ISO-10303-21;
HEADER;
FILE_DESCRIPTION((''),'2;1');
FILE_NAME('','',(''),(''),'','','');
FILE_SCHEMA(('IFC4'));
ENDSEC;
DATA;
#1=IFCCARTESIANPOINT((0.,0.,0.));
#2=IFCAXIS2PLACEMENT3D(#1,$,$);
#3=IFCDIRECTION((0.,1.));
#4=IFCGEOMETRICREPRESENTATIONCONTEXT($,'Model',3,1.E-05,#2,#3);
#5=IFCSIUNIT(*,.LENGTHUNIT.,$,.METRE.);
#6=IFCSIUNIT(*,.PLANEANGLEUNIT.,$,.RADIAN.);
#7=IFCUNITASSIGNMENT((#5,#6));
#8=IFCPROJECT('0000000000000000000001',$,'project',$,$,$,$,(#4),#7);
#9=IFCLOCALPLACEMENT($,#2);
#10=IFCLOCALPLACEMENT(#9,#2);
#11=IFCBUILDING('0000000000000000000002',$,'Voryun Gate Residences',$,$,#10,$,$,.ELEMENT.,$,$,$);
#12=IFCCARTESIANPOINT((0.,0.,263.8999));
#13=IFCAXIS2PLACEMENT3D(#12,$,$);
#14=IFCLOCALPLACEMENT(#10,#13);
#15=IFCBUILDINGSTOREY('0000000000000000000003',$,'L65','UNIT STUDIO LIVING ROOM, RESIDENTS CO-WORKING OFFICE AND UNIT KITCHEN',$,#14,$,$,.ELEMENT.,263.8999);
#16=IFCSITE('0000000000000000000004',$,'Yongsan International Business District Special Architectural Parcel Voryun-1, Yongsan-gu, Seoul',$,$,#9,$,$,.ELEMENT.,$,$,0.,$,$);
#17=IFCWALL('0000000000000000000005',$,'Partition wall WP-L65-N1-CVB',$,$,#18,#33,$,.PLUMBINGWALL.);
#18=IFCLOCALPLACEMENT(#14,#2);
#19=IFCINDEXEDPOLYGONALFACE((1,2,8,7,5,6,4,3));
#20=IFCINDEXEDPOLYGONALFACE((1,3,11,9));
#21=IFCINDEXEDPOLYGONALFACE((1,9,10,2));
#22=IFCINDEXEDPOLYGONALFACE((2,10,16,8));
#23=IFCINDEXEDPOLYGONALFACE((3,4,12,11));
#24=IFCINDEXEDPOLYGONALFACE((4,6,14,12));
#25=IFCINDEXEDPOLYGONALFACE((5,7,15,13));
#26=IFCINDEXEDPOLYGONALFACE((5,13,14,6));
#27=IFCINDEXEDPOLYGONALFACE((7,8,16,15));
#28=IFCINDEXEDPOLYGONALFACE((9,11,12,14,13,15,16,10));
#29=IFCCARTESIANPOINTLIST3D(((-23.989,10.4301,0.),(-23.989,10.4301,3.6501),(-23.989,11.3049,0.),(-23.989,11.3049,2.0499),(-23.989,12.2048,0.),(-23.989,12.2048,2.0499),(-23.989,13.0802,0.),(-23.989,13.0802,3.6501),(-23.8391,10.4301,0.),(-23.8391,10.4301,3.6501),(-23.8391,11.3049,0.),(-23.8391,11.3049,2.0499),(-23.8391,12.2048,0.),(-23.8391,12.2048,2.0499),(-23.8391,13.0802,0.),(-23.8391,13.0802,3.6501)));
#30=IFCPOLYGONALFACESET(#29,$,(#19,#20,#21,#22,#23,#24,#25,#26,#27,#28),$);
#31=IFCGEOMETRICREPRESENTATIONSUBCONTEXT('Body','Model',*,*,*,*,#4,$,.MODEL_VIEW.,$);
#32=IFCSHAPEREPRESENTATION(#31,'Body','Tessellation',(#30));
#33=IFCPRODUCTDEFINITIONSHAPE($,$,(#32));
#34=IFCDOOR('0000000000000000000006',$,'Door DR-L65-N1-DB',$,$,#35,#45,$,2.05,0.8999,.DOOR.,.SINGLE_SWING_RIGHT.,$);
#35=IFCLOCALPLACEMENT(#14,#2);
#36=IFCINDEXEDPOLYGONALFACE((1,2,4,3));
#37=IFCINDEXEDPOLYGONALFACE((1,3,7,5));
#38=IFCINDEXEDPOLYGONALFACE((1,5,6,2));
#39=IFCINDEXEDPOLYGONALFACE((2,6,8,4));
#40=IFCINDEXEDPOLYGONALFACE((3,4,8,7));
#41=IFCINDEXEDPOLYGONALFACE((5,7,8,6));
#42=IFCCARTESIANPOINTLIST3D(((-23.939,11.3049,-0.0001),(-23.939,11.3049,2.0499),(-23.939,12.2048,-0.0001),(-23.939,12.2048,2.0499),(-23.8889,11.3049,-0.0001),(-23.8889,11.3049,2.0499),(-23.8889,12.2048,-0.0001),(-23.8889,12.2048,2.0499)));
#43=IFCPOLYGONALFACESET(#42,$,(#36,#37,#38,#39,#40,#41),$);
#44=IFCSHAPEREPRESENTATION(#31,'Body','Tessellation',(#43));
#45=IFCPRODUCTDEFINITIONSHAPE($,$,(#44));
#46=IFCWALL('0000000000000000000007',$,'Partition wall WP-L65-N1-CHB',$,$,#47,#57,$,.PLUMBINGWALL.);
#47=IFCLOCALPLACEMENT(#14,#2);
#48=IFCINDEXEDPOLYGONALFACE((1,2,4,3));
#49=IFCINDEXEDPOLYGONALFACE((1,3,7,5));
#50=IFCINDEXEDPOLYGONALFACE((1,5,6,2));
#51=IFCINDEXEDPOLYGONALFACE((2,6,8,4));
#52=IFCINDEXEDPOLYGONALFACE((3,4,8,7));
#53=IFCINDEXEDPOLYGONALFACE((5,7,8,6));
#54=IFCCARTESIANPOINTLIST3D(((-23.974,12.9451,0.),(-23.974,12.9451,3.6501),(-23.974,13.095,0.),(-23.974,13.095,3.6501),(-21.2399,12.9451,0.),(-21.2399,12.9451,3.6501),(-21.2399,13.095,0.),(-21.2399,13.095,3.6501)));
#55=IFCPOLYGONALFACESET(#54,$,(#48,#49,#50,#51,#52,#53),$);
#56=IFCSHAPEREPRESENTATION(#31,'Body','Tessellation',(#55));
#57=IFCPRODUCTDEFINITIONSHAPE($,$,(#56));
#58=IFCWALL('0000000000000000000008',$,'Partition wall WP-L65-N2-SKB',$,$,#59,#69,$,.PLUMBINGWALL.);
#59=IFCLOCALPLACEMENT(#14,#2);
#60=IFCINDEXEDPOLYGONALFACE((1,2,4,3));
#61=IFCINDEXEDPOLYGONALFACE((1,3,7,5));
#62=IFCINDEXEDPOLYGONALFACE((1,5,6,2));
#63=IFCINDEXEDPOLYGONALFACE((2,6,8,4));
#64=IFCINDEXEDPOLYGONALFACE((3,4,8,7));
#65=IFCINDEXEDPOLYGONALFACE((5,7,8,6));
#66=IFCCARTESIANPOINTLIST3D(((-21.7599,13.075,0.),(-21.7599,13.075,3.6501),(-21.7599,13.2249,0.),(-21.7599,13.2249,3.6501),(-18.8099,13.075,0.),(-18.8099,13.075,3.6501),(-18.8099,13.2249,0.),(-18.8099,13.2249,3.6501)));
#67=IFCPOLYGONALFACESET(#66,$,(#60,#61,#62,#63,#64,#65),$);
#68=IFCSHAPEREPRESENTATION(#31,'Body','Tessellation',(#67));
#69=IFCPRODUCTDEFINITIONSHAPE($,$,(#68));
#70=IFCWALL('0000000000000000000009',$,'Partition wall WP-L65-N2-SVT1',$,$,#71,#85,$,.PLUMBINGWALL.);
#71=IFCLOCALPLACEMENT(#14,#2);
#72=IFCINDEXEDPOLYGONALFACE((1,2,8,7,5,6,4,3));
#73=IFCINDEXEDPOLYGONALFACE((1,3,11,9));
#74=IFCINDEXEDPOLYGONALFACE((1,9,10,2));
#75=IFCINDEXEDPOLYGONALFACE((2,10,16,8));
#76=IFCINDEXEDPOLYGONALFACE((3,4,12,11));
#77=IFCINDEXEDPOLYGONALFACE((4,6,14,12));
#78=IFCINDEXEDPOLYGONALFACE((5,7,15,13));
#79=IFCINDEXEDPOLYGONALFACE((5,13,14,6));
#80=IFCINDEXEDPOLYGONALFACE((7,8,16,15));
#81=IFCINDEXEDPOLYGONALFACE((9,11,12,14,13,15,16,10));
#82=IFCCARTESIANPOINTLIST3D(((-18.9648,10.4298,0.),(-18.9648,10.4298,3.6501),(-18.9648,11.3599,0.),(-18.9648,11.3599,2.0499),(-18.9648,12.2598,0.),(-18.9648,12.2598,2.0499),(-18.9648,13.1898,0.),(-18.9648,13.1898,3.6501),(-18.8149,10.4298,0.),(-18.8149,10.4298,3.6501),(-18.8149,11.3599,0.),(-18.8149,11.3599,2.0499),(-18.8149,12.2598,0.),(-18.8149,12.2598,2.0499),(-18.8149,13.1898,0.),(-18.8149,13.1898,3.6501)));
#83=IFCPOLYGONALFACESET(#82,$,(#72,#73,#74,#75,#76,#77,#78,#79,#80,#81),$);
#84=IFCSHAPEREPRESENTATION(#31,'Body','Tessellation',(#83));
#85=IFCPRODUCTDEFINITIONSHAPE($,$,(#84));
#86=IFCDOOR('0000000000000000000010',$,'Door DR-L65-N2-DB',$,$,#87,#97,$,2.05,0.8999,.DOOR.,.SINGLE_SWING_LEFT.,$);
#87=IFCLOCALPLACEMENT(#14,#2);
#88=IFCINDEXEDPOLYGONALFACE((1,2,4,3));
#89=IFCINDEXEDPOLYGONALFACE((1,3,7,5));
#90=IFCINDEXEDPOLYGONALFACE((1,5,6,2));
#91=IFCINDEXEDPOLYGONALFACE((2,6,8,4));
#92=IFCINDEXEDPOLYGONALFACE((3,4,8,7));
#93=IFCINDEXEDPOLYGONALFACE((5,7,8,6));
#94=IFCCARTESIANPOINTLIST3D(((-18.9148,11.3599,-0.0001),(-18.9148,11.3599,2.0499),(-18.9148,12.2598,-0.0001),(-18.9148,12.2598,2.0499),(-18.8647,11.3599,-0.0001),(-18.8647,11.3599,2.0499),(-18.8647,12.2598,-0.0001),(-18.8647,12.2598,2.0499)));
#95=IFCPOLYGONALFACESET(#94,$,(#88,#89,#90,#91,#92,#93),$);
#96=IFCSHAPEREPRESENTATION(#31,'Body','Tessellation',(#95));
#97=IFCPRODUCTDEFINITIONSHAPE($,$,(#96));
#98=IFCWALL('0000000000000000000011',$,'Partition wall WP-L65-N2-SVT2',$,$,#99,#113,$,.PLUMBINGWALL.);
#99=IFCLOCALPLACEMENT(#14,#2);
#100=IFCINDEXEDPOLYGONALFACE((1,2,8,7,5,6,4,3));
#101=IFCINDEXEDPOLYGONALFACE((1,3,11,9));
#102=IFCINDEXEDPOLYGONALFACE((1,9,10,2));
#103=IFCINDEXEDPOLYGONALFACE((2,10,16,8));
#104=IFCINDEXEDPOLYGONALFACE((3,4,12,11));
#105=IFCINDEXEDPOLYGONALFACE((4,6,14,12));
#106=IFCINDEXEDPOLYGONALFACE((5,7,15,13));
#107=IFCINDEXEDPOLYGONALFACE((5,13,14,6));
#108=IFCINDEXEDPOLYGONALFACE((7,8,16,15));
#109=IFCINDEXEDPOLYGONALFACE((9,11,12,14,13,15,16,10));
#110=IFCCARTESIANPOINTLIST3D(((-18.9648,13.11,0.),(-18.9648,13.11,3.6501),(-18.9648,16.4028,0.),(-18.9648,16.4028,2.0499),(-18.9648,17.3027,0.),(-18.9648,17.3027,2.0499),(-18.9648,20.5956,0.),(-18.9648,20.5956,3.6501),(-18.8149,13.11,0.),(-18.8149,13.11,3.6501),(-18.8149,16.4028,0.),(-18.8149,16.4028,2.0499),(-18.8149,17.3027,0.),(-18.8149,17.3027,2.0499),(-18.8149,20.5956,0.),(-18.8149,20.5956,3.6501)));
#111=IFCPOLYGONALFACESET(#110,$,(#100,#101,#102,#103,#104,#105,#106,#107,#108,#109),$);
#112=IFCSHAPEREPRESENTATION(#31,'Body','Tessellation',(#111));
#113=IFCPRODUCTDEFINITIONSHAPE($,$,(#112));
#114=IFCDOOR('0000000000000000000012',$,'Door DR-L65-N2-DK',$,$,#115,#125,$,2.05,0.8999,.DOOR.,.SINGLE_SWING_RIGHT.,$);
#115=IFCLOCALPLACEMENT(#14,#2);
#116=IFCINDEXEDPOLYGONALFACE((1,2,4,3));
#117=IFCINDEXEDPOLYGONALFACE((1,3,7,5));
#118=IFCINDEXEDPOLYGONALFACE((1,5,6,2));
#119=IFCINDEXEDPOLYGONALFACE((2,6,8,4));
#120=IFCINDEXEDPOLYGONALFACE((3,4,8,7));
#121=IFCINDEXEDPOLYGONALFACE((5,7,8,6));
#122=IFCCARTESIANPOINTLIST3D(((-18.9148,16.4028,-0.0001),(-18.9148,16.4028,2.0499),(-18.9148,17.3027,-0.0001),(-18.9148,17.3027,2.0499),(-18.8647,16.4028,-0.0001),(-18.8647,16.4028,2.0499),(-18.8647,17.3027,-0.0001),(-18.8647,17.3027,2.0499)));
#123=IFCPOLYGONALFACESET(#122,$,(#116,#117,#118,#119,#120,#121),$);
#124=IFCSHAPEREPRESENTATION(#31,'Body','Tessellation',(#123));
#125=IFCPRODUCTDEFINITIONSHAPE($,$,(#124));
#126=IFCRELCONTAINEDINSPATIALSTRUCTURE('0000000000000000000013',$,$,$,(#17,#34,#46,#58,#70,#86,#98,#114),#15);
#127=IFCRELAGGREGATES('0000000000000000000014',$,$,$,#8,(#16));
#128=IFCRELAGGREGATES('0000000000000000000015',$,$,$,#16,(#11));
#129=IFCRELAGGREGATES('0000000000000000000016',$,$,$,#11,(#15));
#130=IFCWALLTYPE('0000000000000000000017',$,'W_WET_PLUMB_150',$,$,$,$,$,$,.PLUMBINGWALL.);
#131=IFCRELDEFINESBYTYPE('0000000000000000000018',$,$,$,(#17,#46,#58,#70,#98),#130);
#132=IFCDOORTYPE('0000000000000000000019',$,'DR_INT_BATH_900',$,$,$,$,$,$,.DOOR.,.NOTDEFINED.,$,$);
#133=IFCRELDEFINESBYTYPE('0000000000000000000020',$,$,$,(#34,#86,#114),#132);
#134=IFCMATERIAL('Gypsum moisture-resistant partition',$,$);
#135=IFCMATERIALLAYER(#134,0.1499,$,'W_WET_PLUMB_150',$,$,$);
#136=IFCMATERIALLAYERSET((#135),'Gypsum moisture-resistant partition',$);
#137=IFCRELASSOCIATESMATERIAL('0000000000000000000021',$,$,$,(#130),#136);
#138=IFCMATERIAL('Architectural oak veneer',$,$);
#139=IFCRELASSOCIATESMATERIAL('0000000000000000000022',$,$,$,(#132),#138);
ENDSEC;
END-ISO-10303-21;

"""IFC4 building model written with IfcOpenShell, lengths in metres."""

from ifc_helpers import new_model, si_unit, direction, frame, frame_2d, origin, place, context, subcontext, project, spatial, rectangle, extrude, material, layer, layer_set, type_object, element, fill, save


model = new_model("IFC4")

# Units and contexts
model_context = context("Model", 3, precision=1e-05, world=origin(), true_north=direction((0.0, 1.0)))
body_context = subcontext(model_context, "Body", "Model", "MODEL_VIEW")
ifc_project = project(units=[si_unit("LENGTHUNIT", "METRE"), si_unit("PLANEANGLEUNIT", "RADIAN")], contexts=[model_context])

# Site, building, storey
site_placement = place(None, origin())
site = spatial("IfcSite", under=ifc_project, at=site_placement, Name="Yongsan International Business District Special Architectural Parcel Voryun-1, Yongsan-gu, Seoul", CompositionType="ELEMENT", RefElevation=0.0)
building_placement = place(site_placement, origin())
building = spatial("IfcBuilding", under=site, at=building_placement, Name="Voryun Gate Residences", CompositionType="ELEMENT")
storey_placement = place(building_placement, frame((0.0, 0.0, 263.8999)))
storey = spatial("IfcBuildingStorey", under=building, at=storey_placement, Name="L65", Description="UNIT STUDIO LIVING ROOM, RESIDENTS CO-WORKING OFFICE AND UNIT KITCHEN", CompositionType="ELEMENT", Elevation=263.8999)

# Wall, opening, door
ifc_material_1 = material(Name="Gypsum moisture-resistant partition")
ifc_layer_1 = layer(ifc_material_1, 0.1499, Name="W_WET_PLUMB_150")
ifc_layer_set_1 = layer_set([ifc_layer_1], Name="Gypsum moisture-resistant partition")
wall_type_1 = type_object("IfcWallType", Name="W_WET_PLUMB_150", PredefinedType="PLUMBINGWALL", material=ifc_layer_set_1)
wall_1_placement = place(storey_placement, frame((-23.9141, 10.4299, 0.0), z_axis=(0.0, 0.0, 1.0), x_axis=(0.0, 1.0, 0.0)))
wall_1 = element("IfcWall", 1, at=wall_1_placement, inside=storey, type_object=wall_type_1, Name="Partition wall WP-L65-N1-CVB", PredefinedType="PLUMBINGWALL", context=body_context, shape_type="SweptSolid", body=[
    extrude(rectangle(XDim=2.6501, YDim=0.1499, at=frame_2d((1.3252, 0.0))), origin(), (0.0, 0.0, 1.0), 3.6501),
])
opening_1_placement = place(wall_1_placement, frame((0.875, 0.0, 0.0)))
opening_1 = element("IfcOpeningElement", 2, at=opening_1_placement, cuts=wall_1, PredefinedType="OPENING", context=body_context, shape_type="SweptSolid", body=[
    extrude(rectangle(XDim=0.8999, YDim=2.05, at=frame_2d((0.45, 1.0249))), frame((0.0, 0.085, 0.0), z_axis=(0.0, -1.0, 0.0), x_axis=(1.0, 0.0, 0.0)), (0.0, 0.0, 1.0), 0.1699),
])
ifc_material_2 = material(Name="Architectural oak veneer")
door_type = type_object("IfcDoorType", Name="DR_INT_BATH_900", OperationType="NOTDEFINED", PredefinedType="DOOR", material=ifc_material_2)
door_1_placement = place(opening_1_placement, origin())
door_1 = element("IfcDoor", 3, at=door_1_placement, inside=storey, type_object=door_type, Name="Door DR-L65-N1-DB", OperationType="SINGLE_SWING_RIGHT", OverallHeight=2.05, OverallWidth=0.8999, PredefinedType="DOOR", context=body_context, shape_type="SweptSolid", body=[
    extrude(rectangle(XDim=0.8999, YDim=2.05, at=frame_2d((0.45, 1.0249))), frame((0.0, 0.0249, 0.0), z_axis=(0.0, -1.0, 0.0), x_axis=(1.0, 0.0, 0.0)), (0.0, 0.0, 1.0), 0.05),
])
fill(opening_1, door_1)

# Walls
wall_2_placement = place(storey_placement, frame((-23.9741, 13.02, 0.0), z_axis=(0.0, 0.0, 1.0), x_axis=(1.0, 0.0, 0.0)))
element("IfcWall", 4, at=wall_2_placement, inside=storey, type_object=wall_type_1, Name="Partition wall WP-L65-N1-CHB", PredefinedType="PLUMBINGWALL", context=body_context, shape_type="SweptSolid", body=[
    extrude(rectangle(XDim=2.7341, YDim=0.1499, at=frame_2d((1.3672, 0.0))), origin(), (0.0, 0.0, 1.0), 3.6501),
])
wall_3_placement = place(storey_placement, frame((-21.76, 13.1499, 0.0), z_axis=(0.0, 0.0, 1.0), x_axis=(1.0, 0.0, 0.0)))
element("IfcWall", 5, at=wall_3_placement, inside=storey, type_object=wall_type_1, Name="Partition wall WP-L65-N2-SKB", PredefinedType="PLUMBINGWALL", context=body_context, shape_type="SweptSolid", body=[
    extrude(rectangle(XDim=2.95, YDim=0.1499, at=frame_2d((1.4751, 0.0))), origin(), (0.0, 0.0, 1.0), 3.6501),
])

# Walls, openings, doors
wall_4_placement = place(storey_placement, frame((-18.8899, 10.4299, 0.0), z_axis=(0.0, 0.0, 1.0), x_axis=(0.0, 1.0, 0.0)))
wall_4 = element("IfcWall", 6, at=wall_4_placement, inside=storey, type_object=wall_type_1, Name="Partition wall WP-L65-N2-SVT1", PredefinedType="PLUMBINGWALL", context=body_context, shape_type="SweptSolid", body=[
    extrude(rectangle(XDim=2.76, YDim=0.1499, at=frame_2d((1.3799, 0.0))), origin(), (0.0, 0.0, 1.0), 3.6501),
])
opening_2_placement = place(wall_4_placement, frame((0.9299, 0.0, 0.0)))
opening_2 = element("IfcOpeningElement", 7, at=opening_2_placement, cuts=wall_4, PredefinedType="OPENING", context=body_context, shape_type="SweptSolid", body=[
    extrude(rectangle(XDim=0.8999, YDim=2.05, at=frame_2d((0.45, 1.0249))), frame((0.0, 0.085, 0.0), z_axis=(0.0, -1.0, 0.0), x_axis=(1.0, 0.0, 0.0)), (0.0, 0.0, 1.0), 0.1699),
])
door_2_placement = place(opening_2_placement, origin())
door_2 = element("IfcDoor", 8, at=door_2_placement, inside=storey, type_object=door_type, Name="Door DR-L65-N2-DB", OperationType="SINGLE_SWING_LEFT", OverallHeight=2.05, OverallWidth=0.8999, PredefinedType="DOOR", context=body_context, shape_type="SweptSolid", body=[
    extrude(rectangle(XDim=0.8999, YDim=2.05, at=frame_2d((0.45, 1.0249))), frame((0.0, 0.0249, 0.0), z_axis=(0.0, -1.0, 0.0), x_axis=(1.0, 0.0, 0.0)), (0.0, 0.0, 1.0), 0.05),
])
fill(opening_2, door_2)
wall_5_placement = place(storey_placement, frame((-18.8899, 13.1101, 0.0), z_axis=(0.0, 0.0, 1.0), x_axis=(0.0, 1.0, 0.0)))
wall_5 = element("IfcWall", 9, at=wall_5_placement, inside=storey, type_object=wall_type_1, Name="Partition wall WP-L65-N2-SVT2", PredefinedType="PLUMBINGWALL", context=body_context, shape_type="SweptSolid", body=[
    extrude(rectangle(XDim=7.4856, YDim=0.1499, at=frame_2d((3.7427, 0.0))), origin(), (0.0, 0.0, 1.0), 3.6501),
])
opening_3_placement = place(wall_5_placement, frame((3.2927, 0.0, 0.0)))
opening_3 = element("IfcOpeningElement", 10, at=opening_3_placement, cuts=wall_5, PredefinedType="OPENING", context=body_context, shape_type="SweptSolid", body=[
    extrude(rectangle(XDim=0.8999, YDim=2.05, at=frame_2d((0.45, 1.0249))), frame((0.0, 0.085, 0.0), z_axis=(0.0, -1.0, 0.0), x_axis=(1.0, 0.0, 0.0)), (0.0, 0.0, 1.0), 0.1699),
])
door_3_placement = place(opening_3_placement, origin())
door_3 = element("IfcDoor", 11, at=door_3_placement, inside=storey, type_object=door_type, Name="Door DR-L65-N2-DK", OperationType="SINGLE_SWING_RIGHT", OverallHeight=2.05, OverallWidth=0.8999, PredefinedType="DOOR", context=body_context, shape_type="SweptSolid", body=[
    extrude(rectangle(XDim=0.8999, YDim=2.05, at=frame_2d((0.45, 1.0249))), frame((0.0, 0.0249, 0.0), z_axis=(0.0, -1.0, 0.0), x_axis=(1.0, 0.0, 0.0)), (0.0, 0.0, 1.0), 0.05),
])
fill(opening_3, door_3)

save(model, "model.ifc")
